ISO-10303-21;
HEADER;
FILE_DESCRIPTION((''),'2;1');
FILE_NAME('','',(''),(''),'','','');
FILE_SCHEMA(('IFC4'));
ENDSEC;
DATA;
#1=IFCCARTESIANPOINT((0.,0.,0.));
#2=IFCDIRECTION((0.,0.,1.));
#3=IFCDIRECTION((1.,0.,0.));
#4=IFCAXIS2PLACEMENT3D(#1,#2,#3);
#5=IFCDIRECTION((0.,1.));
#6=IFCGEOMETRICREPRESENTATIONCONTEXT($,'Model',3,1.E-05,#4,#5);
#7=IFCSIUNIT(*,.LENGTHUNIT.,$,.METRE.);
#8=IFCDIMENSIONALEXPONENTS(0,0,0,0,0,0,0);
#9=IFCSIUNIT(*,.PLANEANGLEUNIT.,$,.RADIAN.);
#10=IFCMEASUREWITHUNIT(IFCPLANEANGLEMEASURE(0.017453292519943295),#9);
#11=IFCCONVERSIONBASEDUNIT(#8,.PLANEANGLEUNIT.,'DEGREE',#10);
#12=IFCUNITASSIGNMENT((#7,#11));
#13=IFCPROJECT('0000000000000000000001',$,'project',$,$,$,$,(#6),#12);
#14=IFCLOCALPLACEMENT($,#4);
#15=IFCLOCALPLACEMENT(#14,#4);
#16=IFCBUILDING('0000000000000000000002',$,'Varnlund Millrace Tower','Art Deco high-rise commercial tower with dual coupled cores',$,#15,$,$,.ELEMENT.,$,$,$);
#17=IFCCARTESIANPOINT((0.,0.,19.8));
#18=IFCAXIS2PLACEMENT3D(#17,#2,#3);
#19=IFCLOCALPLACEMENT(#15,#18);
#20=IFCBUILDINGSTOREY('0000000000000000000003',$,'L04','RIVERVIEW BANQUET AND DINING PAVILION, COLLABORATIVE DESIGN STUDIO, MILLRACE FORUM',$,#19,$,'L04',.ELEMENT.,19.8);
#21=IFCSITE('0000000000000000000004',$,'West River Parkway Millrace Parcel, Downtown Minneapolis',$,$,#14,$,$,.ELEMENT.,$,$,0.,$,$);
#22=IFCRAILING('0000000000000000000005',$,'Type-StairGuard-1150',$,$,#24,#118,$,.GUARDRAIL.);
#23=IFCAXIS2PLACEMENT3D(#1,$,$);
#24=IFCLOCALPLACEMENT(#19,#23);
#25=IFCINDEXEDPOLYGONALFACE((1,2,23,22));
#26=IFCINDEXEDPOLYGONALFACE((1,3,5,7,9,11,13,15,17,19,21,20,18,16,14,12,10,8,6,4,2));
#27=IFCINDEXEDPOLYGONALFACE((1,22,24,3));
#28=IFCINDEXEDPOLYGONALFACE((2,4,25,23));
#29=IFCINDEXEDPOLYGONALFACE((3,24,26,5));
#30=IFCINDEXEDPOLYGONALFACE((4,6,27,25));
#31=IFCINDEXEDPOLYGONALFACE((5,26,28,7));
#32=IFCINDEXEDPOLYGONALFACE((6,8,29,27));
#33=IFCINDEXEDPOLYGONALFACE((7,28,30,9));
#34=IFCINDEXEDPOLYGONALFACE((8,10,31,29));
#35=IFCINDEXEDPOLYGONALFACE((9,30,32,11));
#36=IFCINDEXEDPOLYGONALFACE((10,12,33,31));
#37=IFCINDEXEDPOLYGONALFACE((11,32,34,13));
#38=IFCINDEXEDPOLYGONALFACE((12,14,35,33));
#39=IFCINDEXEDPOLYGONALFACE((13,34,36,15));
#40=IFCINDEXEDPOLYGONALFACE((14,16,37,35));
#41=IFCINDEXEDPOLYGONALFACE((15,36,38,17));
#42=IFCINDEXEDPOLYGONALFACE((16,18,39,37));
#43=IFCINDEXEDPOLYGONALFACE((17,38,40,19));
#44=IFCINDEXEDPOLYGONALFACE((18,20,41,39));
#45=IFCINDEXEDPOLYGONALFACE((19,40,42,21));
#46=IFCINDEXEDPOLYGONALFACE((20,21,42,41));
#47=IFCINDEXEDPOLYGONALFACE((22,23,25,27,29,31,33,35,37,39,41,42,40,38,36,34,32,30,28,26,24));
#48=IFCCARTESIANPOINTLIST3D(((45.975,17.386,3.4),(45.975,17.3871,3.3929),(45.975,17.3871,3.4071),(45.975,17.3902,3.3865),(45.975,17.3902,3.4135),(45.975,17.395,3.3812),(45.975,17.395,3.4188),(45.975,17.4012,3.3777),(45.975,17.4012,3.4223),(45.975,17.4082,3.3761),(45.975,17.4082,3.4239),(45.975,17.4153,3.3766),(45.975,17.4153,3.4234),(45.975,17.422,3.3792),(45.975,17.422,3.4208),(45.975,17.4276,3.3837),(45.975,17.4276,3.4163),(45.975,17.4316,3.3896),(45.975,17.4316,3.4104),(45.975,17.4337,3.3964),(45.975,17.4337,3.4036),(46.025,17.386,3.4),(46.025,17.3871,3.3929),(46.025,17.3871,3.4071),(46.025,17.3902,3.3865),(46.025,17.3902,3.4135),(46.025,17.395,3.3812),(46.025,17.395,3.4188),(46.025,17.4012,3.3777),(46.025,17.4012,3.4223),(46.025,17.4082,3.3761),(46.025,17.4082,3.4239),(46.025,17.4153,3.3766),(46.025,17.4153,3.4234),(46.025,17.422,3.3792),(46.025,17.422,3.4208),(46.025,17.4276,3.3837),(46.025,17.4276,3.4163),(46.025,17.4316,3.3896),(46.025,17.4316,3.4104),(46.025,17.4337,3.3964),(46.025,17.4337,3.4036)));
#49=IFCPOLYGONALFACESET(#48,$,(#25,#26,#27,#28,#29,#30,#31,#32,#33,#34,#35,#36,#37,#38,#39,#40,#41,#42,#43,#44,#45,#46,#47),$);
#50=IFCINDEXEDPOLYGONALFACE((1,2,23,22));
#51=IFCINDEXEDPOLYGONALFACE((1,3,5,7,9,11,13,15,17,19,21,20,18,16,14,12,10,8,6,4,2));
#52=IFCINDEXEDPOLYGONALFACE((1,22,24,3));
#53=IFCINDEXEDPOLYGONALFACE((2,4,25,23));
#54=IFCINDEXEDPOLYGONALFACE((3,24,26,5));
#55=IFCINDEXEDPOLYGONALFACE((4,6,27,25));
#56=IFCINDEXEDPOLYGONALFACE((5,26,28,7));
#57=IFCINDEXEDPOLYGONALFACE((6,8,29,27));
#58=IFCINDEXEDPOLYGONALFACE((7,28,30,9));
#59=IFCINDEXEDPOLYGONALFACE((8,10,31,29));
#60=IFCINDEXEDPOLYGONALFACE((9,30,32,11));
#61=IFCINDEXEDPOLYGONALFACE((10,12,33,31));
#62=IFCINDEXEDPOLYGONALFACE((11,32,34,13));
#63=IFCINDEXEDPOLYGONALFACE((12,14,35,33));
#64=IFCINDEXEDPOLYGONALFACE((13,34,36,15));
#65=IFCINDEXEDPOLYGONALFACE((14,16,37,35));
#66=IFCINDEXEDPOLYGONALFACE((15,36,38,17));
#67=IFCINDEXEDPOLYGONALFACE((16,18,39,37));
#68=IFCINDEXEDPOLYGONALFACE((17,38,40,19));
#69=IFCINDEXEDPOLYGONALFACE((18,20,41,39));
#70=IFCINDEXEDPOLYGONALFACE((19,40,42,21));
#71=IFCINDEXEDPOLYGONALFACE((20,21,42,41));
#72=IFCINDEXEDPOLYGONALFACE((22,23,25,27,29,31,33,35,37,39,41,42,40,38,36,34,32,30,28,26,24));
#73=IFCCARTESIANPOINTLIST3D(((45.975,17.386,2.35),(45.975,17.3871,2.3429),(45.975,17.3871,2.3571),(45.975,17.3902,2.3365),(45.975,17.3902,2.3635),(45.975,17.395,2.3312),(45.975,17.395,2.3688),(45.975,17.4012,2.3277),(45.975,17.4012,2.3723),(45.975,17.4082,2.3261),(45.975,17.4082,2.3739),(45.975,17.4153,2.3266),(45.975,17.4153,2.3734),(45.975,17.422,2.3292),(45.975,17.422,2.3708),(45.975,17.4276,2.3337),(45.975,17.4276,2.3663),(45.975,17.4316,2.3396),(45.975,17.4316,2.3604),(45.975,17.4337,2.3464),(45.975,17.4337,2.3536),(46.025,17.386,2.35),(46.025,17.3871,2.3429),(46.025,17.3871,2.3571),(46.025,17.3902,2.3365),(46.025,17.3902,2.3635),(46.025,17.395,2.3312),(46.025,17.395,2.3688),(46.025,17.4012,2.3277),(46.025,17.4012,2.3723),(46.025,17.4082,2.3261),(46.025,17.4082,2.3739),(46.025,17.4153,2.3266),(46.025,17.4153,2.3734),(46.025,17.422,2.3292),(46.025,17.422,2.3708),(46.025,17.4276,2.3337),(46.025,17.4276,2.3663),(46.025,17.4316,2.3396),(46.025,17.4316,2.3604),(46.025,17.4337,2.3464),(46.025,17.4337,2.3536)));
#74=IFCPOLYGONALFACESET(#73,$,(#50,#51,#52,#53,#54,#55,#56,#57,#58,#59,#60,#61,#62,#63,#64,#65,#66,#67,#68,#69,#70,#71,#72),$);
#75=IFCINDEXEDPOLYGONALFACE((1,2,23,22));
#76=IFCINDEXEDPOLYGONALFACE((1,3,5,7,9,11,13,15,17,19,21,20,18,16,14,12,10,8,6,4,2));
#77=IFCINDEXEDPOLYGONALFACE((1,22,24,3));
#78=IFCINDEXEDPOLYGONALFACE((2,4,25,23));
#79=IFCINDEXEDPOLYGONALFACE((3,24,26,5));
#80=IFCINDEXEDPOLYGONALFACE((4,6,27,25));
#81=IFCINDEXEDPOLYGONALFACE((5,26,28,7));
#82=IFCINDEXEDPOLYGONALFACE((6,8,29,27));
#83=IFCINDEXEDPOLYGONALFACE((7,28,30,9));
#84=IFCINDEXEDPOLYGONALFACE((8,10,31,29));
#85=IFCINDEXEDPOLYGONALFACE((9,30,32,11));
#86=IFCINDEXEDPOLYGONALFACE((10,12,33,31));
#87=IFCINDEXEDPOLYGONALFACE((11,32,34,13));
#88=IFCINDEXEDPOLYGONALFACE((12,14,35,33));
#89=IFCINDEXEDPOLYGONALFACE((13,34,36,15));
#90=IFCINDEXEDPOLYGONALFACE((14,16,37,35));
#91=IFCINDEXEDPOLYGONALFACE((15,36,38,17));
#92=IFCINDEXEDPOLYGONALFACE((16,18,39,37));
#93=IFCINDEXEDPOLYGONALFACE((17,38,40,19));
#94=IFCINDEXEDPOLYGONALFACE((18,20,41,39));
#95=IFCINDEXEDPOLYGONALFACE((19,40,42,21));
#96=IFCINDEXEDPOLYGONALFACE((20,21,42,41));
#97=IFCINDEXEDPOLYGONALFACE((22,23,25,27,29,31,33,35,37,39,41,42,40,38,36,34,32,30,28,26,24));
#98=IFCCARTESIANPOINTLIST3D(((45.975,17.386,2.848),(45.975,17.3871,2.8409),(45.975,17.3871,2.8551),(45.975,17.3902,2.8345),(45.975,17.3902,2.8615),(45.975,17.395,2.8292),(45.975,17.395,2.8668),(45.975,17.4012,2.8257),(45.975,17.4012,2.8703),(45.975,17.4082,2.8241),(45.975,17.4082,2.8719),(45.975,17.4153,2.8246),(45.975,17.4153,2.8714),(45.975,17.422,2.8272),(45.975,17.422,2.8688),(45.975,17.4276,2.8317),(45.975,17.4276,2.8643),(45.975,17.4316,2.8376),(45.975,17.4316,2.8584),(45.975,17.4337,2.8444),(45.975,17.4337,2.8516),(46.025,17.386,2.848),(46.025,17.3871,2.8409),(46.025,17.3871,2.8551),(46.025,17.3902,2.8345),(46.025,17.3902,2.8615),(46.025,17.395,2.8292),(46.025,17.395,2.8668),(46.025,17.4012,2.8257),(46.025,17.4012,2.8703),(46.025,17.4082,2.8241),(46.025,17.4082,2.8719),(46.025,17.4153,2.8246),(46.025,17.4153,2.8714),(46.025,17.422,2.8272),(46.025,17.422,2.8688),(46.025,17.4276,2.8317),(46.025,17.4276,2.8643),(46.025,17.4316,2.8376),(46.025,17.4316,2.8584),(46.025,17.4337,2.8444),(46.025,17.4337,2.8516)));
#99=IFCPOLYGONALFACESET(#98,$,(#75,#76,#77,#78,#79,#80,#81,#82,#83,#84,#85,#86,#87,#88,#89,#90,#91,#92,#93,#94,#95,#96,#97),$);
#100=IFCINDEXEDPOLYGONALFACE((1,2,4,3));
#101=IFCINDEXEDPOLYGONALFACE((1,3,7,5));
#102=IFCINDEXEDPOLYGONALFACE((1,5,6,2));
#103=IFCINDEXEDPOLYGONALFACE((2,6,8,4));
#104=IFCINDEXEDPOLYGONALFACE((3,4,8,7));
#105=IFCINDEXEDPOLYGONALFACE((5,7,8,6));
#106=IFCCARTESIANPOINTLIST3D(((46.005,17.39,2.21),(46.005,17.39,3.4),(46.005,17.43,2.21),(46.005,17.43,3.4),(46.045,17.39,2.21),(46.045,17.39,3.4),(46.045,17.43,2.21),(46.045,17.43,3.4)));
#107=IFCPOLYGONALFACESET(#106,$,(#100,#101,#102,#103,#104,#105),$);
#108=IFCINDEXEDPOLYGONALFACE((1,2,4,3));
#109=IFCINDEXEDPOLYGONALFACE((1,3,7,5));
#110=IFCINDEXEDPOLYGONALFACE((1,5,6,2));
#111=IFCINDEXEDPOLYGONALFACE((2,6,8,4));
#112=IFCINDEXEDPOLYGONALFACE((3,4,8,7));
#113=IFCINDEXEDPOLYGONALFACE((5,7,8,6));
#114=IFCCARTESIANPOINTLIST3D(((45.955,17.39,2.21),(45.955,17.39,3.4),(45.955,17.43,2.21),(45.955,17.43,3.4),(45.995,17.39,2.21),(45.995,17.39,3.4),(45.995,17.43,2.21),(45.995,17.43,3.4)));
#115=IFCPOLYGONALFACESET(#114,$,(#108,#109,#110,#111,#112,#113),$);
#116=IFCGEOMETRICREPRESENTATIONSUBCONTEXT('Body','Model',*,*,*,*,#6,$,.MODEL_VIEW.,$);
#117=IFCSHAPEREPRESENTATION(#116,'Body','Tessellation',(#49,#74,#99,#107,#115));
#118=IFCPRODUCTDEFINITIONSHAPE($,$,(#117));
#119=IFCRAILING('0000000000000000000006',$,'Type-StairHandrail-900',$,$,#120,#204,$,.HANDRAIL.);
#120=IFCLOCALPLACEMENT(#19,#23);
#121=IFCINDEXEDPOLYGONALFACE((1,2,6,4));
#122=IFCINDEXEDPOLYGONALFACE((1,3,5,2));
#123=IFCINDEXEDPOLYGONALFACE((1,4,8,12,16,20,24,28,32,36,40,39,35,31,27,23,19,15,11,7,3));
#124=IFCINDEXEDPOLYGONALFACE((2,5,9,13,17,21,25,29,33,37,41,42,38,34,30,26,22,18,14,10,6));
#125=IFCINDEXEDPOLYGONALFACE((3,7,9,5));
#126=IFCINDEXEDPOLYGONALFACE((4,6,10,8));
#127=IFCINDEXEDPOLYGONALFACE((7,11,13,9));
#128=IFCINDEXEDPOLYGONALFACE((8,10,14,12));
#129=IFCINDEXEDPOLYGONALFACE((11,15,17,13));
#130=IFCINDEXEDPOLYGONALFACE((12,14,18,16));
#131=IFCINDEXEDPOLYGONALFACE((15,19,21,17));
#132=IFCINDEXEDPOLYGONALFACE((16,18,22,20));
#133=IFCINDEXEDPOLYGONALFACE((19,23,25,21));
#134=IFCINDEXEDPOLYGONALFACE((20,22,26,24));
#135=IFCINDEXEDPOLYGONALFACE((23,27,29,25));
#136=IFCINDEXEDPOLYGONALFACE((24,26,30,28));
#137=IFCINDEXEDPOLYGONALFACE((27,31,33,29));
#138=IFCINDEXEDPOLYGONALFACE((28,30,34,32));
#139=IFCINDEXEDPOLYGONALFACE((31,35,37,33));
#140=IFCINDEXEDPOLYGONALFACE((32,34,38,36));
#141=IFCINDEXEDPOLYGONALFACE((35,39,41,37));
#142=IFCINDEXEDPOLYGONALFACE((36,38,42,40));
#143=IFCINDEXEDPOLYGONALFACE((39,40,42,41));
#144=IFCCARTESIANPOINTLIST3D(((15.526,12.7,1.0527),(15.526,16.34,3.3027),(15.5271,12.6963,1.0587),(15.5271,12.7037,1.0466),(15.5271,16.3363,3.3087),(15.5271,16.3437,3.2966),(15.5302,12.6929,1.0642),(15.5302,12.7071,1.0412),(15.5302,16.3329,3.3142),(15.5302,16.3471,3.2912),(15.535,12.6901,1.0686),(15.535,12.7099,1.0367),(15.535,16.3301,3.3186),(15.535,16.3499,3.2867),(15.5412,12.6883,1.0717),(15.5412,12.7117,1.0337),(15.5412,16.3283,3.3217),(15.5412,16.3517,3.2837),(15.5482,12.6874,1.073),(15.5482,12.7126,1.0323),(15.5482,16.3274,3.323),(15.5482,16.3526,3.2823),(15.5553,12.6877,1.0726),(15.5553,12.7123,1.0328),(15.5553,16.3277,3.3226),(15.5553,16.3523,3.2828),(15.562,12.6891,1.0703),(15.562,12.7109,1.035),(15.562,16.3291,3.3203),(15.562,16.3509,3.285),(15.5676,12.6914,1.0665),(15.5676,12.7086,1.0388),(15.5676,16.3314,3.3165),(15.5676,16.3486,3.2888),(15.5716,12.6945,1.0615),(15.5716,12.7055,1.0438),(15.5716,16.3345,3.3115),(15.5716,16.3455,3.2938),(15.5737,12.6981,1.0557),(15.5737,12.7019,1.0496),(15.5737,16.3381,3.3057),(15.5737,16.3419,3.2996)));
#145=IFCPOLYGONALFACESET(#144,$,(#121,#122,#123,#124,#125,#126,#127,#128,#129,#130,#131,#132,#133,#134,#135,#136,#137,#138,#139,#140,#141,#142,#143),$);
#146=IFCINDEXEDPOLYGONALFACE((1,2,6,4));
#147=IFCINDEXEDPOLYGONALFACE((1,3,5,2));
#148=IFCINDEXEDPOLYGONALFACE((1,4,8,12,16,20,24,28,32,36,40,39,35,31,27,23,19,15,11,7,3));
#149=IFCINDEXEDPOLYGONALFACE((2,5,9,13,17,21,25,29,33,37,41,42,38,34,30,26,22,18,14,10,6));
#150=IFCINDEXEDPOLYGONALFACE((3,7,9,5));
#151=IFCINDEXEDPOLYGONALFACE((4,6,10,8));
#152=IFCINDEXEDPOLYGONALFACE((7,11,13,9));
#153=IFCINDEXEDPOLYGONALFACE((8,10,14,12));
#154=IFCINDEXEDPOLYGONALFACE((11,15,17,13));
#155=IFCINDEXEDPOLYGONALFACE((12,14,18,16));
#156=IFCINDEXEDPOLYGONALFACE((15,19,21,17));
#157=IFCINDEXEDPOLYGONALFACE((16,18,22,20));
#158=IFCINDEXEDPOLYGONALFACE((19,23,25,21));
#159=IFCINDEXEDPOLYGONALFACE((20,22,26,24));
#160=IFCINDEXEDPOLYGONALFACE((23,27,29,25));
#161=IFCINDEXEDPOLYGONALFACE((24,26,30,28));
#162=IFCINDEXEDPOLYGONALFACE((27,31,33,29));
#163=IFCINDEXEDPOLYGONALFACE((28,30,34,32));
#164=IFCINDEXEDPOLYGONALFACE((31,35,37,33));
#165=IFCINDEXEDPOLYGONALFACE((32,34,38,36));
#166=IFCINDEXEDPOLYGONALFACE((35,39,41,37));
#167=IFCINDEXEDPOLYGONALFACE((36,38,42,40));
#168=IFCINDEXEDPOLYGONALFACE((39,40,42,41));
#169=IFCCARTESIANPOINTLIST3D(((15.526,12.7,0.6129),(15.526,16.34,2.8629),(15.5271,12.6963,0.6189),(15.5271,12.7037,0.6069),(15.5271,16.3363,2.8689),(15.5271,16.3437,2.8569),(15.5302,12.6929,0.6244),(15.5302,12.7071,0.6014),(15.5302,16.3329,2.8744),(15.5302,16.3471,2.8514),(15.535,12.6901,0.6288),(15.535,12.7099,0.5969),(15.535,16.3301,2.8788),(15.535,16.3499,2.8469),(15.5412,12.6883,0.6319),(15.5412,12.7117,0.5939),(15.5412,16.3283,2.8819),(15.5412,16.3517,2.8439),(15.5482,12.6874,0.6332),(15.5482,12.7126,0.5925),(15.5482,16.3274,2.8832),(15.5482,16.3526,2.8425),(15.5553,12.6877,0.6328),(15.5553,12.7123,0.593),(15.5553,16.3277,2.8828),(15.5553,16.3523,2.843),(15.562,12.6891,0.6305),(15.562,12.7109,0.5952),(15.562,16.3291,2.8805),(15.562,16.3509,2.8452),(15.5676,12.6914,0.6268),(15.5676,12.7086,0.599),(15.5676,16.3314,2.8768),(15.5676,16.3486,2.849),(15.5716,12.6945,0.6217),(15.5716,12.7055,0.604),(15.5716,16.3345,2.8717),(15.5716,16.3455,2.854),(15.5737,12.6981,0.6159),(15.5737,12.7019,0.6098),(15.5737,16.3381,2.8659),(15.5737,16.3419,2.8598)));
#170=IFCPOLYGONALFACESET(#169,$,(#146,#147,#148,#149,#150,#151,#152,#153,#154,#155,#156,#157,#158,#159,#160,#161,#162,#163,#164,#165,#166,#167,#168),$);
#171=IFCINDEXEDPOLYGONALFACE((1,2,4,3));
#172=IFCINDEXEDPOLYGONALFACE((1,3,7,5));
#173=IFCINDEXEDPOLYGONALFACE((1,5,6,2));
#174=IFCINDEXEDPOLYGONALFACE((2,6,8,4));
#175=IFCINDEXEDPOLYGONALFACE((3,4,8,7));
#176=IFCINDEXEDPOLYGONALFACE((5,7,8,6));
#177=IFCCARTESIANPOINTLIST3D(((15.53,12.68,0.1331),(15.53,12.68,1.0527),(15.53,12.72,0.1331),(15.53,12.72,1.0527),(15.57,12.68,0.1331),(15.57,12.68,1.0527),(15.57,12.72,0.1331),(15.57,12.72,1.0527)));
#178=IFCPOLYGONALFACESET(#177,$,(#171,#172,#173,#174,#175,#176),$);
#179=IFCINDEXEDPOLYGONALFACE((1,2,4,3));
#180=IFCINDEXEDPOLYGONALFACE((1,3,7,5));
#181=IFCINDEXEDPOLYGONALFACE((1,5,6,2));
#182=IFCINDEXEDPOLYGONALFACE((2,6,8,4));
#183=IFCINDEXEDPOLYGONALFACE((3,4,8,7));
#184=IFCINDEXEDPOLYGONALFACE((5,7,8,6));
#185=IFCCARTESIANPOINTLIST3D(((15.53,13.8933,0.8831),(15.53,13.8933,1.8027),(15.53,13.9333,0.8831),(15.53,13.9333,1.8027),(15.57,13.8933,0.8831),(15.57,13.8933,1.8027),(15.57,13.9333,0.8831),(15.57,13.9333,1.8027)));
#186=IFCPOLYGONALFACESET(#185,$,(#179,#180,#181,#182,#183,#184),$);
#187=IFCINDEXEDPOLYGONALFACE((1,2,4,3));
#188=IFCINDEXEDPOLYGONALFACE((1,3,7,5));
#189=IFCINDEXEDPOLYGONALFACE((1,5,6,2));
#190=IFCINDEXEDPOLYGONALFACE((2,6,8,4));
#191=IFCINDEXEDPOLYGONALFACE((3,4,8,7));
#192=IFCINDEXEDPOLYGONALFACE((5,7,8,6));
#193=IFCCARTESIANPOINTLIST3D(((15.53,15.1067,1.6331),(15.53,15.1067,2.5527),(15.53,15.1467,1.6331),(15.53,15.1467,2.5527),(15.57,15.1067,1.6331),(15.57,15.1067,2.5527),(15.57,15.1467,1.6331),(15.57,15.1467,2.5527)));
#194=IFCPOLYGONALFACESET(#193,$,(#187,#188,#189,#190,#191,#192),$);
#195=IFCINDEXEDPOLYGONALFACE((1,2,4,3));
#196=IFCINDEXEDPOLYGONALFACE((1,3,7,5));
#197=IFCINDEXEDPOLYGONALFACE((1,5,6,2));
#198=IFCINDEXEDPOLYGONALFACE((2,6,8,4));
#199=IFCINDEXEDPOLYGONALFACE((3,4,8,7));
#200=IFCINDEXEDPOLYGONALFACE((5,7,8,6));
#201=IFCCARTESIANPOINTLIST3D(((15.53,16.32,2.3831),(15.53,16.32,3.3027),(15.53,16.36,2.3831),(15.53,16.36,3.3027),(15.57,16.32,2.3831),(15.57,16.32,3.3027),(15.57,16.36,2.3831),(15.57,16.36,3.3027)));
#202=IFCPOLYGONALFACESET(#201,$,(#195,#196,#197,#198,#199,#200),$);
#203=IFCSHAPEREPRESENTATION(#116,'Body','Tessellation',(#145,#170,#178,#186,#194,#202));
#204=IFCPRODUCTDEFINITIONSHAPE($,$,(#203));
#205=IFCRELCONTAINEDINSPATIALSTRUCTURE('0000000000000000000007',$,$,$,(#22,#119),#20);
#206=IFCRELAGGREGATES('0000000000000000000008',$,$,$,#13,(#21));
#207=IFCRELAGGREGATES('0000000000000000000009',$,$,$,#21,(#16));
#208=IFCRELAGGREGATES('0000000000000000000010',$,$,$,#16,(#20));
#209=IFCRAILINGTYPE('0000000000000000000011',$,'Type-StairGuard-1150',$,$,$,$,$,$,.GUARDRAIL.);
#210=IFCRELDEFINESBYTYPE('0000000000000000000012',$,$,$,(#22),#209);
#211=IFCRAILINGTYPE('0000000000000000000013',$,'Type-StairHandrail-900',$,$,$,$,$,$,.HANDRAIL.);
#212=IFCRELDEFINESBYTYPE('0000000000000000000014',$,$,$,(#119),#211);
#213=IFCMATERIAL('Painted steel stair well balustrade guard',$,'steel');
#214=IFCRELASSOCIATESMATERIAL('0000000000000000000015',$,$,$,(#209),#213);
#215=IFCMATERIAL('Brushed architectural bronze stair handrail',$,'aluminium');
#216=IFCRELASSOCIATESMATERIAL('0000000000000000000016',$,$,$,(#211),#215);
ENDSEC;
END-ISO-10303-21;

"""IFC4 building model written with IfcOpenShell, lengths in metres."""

from ifc_helpers import new_model, entity, si_unit, converted_unit, direction, frame, origin_with_axes, origin_2d_with_axis, place, context, subcontext, project, spatial, rectangle, circle, extrude, material, type_object, element, save


model = new_model("IFC4")

# Units and contexts
model_context = context("Model", 3, precision=1e-05, world=origin_with_axes(), true_north=direction((0.0, 1.0)))
body_context = subcontext(model_context, "Body", "Model", "MODEL_VIEW")
ifc_project = project(units=[si_unit("LENGTHUNIT", "METRE"), converted_unit("PLANEANGLEUNIT", "DEGREE", entity("IfcPlaneAngleMeasure", 0.017453292519943295), si_unit("PLANEANGLEUNIT", "RADIAN"), dimensions=[0, 0, 0, 0, 0, 0, 0])], contexts=[model_context])

# Site, building, storey
site_placement = place(None, origin_with_axes())
site = spatial("IfcSite", under=ifc_project, at=site_placement, Name="West River Parkway Millrace Parcel, Downtown Minneapolis", CompositionType="ELEMENT", RefElevation=0.0)
building_placement = place(site_placement, origin_with_axes())
building = spatial("IfcBuilding", under=site, at=building_placement, Name="Varnlund Millrace Tower", Description="Art Deco high-rise commercial tower with dual coupled cores", CompositionType="ELEMENT")
storey_placement = place(building_placement, frame((0.0, 0.0, 19.8), z_axis=(0.0, 0.0, 1.0), x_axis=(1.0, 0.0, 0.0)))
storey = spatial("IfcBuildingStorey", under=building, at=storey_placement, Name="L04", Description="RIVERVIEW BANQUET AND DINING PAVILION, COLLABORATIVE DESIGN STUDIO, MILLRACE FORUM", LongName="L04", CompositionType="ELEMENT", Elevation=19.8)

# Railings
ifc_material_1 = material(Name="Painted steel stair well balustrade guard", Category="steel")
railing_type_1 = type_object("IfcRailingType", Name="Type-StairGuard-1150", PredefinedType="GUARDRAIL", material=ifc_material_1)
railing_1_placement = place(storey_placement, frame((0.0, 0.0, -19.8), z_axis=(0.0, 0.0, 1.0), x_axis=(1.0, 0.0, 0.0)))
element("IfcRailing", 1, at=railing_1_placement, inside=storey, type_object=railing_type_1, Name="Type-StairGuard-1150", PredefinedType="GUARDRAIL", context=body_context, shape_type="SweptSolid", body=[
    extrude(circle(Radius=0.024, at=origin_2d_with_axis()), frame((46.025, 17.41, 23.2), z_axis=(-1.0, 0.0, 0.0), x_axis=(0.0, -1.0, 0.0)), (0.0, 0.0, 1.0), 0.05),
    extrude(circle(Radius=0.024, at=origin_2d_with_axis()), frame((46.025, 17.41, 22.15), z_axis=(-1.0, 0.0, 0.0), x_axis=(0.0, -1.0, 0.0)), (0.0, 0.0, 1.0), 0.05),
    extrude(circle(Radius=0.024, at=origin_2d_with_axis()), frame((46.025, 17.41, 22.648), z_axis=(-1.0, 0.0, 0.0), x_axis=(0.0, -1.0, 0.0)), (0.0, 0.0, 1.0), 0.05),
    extrude(rectangle(XDim=0.04, YDim=0.04, at=origin_2d_with_axis()), frame((46.025, 17.41, 22.01), z_axis=(0.0, 0.0, 1.0), x_axis=(1.0, 0.0, 0.0)), (0.0, 0.0, 1.0), 1.19),
    extrude(rectangle(XDim=0.04, YDim=0.04, at=origin_2d_with_axis()), frame((45.975, 17.41, 22.01), z_axis=(0.0, 0.0, 1.0), x_axis=(1.0, 0.0, 0.0)), (0.0, 0.0, 1.0), 1.19),
])
ifc_material_2 = material(Name="Brushed architectural bronze stair handrail", Category="aluminium")
railing_type_2 = type_object("IfcRailingType", Name="Type-StairHandrail-900", PredefinedType="HANDRAIL", material=ifc_material_2)
railing_2_placement = place(storey_placement, frame((0.0, 0.0, -19.8), z_axis=(0.0, 0.0, 1.0), x_axis=(1.0, 0.0, 0.0)))
element("IfcRailing", 2, at=railing_2_placement, inside=storey, type_object=railing_type_2, Name="Type-StairHandrail-900", PredefinedType="HANDRAIL", context=body_context, shape_type="SweptSolid", body=[
    extrude(circle(Radius=0.024, at=origin_2d_with_axis()), frame((15.55, 12.7, 20.8527), z_axis=(0.0, 0.850614, 0.525791), x_axis=(-1.0, 0.0, 0.0)), (0.0, 0.0, 1.0), 4.2793),
    extrude(circle(Radius=0.024, at=origin_2d_with_axis()), frame((15.55, 12.7, 20.4129), z_axis=(0.0, 0.850614, 0.525791), x_axis=(-1.0, 0.0, 0.0)), (0.0, 0.0, 1.0), 4.2793),
    extrude(rectangle(XDim=0.04, YDim=0.04, at=origin_2d_with_axis()), frame((15.55, 12.7, 19.9331), z_axis=(0.0, 0.0, 1.0), x_axis=(1.0, 0.0, 0.0)), (0.0, 0.0, 1.0), 0.9196),
    extrude(rectangle(XDim=0.04, YDim=0.04, at=origin_2d_with_axis()), frame((15.55, 13.9133, 20.6831), z_axis=(0.0, 0.0, 1.0), x_axis=(1.0, 0.0, 0.0)), (0.0, 0.0, 1.0), 0.9196),
    extrude(rectangle(XDim=0.04, YDim=0.04, at=origin_2d_with_axis()), frame((15.55, 15.1267, 21.4331), z_axis=(0.0, 0.0, 1.0), x_axis=(1.0, 0.0, 0.0)), (0.0, 0.0, 1.0), 0.9196),
    extrude(rectangle(XDim=0.04, YDim=0.04, at=origin_2d_with_axis()), frame((15.55, 16.34, 22.1831), z_axis=(0.0, 0.0, 1.0), x_axis=(1.0, 0.0, 0.0)), (0.0, 0.0, 1.0), 0.9196),
])

save(model, "model.ifc")
